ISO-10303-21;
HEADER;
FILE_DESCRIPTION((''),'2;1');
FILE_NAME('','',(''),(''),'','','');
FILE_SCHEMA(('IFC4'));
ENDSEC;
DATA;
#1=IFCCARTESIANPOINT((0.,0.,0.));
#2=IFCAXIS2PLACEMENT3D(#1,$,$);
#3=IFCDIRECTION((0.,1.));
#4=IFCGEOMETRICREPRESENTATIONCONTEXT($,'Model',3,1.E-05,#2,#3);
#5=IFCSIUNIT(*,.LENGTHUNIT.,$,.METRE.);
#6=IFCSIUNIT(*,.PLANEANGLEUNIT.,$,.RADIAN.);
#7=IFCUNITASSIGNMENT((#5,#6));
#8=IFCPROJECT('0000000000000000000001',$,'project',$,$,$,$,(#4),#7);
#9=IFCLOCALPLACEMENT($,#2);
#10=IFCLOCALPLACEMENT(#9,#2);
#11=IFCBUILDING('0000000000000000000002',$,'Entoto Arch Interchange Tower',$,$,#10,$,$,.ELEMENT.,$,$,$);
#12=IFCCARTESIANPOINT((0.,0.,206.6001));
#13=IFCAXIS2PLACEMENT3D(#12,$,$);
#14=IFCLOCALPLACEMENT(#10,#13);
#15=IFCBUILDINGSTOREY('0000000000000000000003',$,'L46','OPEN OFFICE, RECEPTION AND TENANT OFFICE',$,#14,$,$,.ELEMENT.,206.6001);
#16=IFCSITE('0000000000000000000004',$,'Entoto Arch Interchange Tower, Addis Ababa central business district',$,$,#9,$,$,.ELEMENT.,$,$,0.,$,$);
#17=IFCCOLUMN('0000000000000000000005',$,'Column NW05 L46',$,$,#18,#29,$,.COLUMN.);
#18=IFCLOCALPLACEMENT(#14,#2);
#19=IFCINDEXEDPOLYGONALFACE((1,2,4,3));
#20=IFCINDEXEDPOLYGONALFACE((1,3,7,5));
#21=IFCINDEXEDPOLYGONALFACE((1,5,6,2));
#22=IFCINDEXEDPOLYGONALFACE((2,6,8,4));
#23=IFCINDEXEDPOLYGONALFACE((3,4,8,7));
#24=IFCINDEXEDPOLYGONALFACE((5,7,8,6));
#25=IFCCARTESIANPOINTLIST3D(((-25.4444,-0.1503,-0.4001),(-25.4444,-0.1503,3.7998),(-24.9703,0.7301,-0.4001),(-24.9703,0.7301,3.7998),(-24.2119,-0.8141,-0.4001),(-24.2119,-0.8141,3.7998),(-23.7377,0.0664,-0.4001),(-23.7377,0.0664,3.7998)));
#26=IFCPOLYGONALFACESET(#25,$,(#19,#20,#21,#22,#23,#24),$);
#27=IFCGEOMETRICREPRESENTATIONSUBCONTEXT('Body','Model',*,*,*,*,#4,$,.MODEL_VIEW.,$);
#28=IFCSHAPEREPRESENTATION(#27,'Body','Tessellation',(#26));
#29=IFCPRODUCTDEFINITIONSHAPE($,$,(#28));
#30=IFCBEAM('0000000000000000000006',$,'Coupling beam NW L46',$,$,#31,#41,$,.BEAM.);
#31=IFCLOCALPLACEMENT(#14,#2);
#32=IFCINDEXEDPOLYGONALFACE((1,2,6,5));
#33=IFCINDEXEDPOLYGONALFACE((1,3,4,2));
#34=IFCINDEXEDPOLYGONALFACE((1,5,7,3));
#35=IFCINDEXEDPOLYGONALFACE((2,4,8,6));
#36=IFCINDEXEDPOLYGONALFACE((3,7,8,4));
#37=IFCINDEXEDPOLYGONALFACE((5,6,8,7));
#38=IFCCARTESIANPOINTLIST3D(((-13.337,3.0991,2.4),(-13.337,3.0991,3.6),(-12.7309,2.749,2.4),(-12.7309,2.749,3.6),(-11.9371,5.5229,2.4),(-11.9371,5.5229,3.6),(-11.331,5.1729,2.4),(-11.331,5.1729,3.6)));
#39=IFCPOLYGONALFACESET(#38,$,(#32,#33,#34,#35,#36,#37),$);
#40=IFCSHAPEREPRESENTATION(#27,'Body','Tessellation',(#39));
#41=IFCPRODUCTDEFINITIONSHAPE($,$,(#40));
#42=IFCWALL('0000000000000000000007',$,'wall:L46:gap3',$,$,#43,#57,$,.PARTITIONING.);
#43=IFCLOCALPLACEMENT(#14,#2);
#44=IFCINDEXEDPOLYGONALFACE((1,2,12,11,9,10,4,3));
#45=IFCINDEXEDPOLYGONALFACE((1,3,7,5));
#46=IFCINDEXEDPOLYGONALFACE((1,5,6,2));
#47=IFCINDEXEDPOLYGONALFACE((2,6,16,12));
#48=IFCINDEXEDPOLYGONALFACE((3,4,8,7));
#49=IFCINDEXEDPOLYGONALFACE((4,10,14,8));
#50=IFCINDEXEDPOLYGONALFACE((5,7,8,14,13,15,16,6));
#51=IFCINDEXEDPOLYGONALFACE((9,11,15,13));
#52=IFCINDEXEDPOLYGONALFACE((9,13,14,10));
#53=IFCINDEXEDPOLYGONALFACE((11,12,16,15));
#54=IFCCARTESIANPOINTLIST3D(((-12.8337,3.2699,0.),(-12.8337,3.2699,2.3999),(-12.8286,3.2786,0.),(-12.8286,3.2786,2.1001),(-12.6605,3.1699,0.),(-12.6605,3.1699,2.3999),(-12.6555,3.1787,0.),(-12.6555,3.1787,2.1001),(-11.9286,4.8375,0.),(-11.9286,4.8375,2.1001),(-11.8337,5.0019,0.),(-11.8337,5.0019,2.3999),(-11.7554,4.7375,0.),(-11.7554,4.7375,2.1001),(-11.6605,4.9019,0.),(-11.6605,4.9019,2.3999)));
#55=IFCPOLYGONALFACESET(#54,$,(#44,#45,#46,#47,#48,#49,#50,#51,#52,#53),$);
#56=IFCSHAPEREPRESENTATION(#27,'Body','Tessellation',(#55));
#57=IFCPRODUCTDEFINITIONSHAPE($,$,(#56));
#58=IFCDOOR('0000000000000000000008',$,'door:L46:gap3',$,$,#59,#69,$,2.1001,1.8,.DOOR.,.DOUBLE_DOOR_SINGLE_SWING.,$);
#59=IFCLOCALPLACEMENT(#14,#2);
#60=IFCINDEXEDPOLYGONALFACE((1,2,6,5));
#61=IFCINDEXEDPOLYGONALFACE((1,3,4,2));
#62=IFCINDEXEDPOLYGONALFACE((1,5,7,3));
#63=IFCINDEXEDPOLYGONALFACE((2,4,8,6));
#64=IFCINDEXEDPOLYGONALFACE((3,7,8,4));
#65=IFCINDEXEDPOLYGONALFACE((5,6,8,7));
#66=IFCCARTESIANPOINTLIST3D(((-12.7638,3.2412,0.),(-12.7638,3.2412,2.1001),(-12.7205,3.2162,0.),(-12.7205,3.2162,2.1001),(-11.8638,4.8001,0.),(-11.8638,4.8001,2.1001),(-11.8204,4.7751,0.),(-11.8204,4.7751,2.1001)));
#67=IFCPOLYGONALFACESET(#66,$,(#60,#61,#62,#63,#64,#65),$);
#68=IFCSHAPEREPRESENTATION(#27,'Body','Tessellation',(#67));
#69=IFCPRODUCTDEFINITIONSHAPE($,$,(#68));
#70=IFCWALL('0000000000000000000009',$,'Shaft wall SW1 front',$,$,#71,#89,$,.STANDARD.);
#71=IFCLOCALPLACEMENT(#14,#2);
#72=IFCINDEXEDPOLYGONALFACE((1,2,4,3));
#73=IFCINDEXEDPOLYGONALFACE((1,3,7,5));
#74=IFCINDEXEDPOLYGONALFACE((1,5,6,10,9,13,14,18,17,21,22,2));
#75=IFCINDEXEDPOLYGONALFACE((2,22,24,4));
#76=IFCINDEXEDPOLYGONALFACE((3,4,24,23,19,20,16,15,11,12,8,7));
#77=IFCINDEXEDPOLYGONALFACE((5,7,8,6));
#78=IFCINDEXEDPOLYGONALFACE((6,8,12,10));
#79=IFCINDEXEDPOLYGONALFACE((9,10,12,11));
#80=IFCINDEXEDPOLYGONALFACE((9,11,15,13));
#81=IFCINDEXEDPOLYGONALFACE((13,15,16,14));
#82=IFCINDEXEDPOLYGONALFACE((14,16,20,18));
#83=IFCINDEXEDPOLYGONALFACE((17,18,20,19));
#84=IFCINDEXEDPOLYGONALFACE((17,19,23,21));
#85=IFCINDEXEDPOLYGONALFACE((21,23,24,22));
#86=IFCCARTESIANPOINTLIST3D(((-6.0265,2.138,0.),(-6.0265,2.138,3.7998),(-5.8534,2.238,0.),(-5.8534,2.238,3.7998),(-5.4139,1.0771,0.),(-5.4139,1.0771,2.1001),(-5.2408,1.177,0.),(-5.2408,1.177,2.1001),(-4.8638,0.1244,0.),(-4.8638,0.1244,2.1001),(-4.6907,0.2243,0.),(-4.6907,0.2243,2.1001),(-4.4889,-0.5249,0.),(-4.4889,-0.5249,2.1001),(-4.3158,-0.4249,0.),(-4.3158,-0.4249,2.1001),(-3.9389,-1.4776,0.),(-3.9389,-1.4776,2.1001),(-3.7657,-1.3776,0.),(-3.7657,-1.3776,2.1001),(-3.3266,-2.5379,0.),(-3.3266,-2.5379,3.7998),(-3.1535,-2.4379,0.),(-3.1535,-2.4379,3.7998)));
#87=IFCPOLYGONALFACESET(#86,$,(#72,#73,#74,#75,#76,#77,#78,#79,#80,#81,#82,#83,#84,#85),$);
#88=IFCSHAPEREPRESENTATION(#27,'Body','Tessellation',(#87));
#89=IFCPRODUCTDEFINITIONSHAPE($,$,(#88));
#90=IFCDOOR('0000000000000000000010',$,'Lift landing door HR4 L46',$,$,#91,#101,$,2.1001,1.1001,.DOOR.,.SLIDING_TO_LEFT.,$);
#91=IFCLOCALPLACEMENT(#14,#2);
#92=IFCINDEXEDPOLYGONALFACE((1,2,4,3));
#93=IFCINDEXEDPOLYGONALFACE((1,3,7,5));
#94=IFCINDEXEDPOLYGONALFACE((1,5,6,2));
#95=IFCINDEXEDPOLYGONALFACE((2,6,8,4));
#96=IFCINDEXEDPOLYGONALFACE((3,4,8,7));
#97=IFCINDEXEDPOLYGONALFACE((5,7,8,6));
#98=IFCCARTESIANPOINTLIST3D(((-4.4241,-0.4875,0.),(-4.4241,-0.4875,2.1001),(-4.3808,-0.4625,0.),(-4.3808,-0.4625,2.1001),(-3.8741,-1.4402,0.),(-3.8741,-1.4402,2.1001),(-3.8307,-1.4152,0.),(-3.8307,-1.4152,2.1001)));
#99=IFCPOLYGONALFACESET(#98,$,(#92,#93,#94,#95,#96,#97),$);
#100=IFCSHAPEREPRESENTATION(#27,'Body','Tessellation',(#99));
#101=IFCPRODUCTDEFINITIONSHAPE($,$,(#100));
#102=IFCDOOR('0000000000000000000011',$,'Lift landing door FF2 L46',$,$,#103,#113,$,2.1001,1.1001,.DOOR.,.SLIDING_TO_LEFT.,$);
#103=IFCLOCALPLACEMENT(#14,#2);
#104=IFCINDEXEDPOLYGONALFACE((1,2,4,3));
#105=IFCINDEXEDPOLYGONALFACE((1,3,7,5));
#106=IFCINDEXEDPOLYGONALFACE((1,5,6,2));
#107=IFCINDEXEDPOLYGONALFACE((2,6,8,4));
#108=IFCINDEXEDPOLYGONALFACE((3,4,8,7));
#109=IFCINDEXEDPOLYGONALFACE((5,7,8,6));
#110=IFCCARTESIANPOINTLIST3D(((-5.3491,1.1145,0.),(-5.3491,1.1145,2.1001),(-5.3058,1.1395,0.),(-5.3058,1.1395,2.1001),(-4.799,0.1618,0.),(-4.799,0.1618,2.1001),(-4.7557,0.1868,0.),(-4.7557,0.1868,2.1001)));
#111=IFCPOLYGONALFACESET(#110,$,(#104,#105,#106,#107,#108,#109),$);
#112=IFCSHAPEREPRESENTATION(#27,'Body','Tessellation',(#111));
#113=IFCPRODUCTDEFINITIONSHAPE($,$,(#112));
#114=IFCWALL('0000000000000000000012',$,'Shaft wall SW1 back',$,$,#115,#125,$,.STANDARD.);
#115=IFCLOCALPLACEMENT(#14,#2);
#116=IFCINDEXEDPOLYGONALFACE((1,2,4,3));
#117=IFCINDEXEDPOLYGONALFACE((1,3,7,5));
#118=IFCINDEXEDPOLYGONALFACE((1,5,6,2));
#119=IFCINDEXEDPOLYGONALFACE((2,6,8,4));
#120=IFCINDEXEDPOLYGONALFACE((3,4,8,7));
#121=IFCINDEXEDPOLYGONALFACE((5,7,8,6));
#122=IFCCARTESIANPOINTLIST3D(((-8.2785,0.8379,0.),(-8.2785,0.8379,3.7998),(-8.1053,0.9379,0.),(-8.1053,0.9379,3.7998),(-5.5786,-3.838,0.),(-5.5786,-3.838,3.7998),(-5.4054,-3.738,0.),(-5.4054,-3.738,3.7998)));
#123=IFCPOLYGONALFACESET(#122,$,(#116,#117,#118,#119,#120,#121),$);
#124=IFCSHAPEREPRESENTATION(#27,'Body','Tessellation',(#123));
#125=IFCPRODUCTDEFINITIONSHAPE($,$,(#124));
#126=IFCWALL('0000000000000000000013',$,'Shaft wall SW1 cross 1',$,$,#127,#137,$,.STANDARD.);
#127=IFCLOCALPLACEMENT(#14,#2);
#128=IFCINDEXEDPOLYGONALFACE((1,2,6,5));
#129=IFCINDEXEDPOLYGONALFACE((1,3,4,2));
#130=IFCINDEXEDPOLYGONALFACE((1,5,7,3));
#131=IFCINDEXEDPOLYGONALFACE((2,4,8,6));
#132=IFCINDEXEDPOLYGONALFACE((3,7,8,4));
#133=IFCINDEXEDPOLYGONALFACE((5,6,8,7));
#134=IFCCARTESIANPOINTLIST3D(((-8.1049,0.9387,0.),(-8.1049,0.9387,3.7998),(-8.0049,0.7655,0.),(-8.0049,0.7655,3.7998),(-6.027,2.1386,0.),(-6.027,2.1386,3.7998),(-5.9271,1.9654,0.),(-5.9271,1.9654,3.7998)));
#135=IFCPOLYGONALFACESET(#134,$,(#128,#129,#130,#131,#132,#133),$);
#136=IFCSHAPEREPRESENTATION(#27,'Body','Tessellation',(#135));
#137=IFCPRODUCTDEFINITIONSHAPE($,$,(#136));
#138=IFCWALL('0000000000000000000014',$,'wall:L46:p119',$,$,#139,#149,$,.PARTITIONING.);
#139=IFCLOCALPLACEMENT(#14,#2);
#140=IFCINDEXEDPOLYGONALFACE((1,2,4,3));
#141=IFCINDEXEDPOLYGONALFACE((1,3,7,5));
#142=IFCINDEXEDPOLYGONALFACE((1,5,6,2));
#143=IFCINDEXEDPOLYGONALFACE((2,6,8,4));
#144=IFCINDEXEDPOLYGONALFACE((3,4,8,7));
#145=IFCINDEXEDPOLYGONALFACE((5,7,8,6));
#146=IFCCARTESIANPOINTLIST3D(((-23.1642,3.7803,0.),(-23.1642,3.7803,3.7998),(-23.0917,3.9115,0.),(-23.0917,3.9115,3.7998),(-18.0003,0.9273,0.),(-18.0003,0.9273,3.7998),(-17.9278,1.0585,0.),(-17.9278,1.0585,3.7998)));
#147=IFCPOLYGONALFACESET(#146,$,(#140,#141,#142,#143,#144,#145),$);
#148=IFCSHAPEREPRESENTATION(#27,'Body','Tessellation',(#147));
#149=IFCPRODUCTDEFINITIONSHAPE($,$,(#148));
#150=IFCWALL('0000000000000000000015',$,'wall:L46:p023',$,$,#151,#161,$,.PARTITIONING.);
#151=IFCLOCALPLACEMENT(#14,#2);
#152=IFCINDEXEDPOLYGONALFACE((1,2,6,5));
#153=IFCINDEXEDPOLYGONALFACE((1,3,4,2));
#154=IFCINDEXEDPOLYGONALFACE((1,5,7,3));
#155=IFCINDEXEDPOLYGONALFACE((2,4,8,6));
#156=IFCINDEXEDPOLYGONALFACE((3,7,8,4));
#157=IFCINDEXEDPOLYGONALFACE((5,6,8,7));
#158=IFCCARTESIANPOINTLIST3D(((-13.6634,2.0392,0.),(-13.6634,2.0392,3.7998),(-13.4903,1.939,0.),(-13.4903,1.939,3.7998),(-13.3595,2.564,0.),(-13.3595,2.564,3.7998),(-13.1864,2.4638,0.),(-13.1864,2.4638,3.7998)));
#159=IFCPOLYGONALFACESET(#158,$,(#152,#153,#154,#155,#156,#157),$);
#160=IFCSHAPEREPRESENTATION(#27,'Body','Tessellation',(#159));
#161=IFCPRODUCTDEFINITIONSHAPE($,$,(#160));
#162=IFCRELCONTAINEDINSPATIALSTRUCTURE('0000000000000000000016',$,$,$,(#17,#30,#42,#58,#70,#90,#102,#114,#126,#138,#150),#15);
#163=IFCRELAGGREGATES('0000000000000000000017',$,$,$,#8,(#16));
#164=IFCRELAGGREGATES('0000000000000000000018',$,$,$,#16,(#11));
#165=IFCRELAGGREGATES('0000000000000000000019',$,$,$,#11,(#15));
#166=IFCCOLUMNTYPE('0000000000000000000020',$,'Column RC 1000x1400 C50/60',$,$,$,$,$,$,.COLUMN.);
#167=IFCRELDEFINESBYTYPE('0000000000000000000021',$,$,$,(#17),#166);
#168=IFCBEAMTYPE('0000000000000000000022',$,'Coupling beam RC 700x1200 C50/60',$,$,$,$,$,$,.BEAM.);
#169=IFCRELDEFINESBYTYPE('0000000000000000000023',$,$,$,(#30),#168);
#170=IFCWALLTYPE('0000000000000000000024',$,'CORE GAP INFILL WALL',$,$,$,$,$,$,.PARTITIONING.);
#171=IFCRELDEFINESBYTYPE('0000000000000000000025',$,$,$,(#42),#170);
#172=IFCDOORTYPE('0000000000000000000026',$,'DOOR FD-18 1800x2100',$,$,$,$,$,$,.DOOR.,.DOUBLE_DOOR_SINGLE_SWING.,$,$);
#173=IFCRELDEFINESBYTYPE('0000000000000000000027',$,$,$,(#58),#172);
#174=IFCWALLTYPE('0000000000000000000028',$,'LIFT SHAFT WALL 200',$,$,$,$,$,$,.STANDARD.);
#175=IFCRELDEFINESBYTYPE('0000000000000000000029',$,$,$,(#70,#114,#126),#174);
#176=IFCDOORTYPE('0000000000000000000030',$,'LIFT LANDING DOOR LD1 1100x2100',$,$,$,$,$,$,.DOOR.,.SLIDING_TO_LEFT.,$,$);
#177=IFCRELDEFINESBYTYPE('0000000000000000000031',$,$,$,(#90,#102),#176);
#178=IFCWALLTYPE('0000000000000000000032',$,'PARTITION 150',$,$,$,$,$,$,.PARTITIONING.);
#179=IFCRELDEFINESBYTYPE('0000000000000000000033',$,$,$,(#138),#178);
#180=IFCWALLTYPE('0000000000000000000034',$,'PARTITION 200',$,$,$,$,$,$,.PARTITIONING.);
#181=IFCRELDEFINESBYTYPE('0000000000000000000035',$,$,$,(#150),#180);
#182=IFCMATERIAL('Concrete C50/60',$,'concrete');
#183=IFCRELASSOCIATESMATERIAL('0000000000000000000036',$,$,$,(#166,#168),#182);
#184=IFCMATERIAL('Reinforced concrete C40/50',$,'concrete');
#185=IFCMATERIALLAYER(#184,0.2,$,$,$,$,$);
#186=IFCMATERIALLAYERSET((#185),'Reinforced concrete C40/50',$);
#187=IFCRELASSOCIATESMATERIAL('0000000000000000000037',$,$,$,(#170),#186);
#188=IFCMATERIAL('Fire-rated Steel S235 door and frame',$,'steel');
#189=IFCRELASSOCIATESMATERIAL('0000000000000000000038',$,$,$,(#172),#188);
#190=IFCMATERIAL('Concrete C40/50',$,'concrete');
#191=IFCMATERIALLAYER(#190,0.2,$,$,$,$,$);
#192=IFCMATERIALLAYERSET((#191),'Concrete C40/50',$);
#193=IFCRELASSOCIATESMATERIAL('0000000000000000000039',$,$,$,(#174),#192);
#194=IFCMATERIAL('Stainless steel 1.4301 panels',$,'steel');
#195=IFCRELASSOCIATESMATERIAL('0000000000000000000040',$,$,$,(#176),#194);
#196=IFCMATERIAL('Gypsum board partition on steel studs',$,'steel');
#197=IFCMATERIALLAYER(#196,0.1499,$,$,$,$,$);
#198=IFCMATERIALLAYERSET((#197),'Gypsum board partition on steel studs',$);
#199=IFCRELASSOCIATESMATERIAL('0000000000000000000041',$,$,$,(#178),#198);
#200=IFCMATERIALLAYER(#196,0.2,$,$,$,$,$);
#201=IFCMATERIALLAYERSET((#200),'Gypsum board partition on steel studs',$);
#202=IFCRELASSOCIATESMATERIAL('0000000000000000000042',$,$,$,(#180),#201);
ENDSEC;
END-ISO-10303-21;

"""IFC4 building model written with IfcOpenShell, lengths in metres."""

from ifc_helpers import new_model, si_unit, direction, frame, frame_2d, origin, origin_2d, place, context, subcontext, project, spatial, rectangle, extrude, material, layer, layer_set, material_profile, profile_set, type_object, element, fill, save


model = new_model("IFC4")

# Units and contexts
model_context = context("Model", 3, precision=1e-05, world=origin(), true_north=direction((0.0, 1.0)))
body_context = subcontext(model_context, "Body", "Model", "MODEL_VIEW")
ifc_project = project(units=[si_unit("LENGTHUNIT", "METRE"), si_unit("PLANEANGLEUNIT", "RADIAN")], contexts=[model_context])

# Site, building, storey
site_placement = place(None, origin())
site = spatial("IfcSite", under=ifc_project, at=site_placement, Name="Entoto Arch Interchange Tower, Addis Ababa central business district", CompositionType="ELEMENT", RefElevation=0.0)
building_placement = place(site_placement, origin())
building = spatial("IfcBuilding", under=site, at=building_placement, Name="Entoto Arch Interchange Tower", CompositionType="ELEMENT")
storey_placement = place(building_placement, frame((0.0, 0.0, 206.6001)))
storey = spatial("IfcBuildingStorey", under=building, at=storey_placement, Name="L46", Description="OPEN OFFICE, RECEPTION AND TENANT OFFICE", CompositionType="ELEMENT", Elevation=206.6001)

# Column
ifc_material_1 = material(Name="Concrete C50/60", Category="concrete")
ifc_material_profile_1 = material_profile(ifc_material_1, rectangle(XDim=1.0, YDim=1.3999, at=origin_2d()))
ifc_profile_set_1 = profile_set([ifc_material_profile_1], Name="Concrete C50/60")
column_type = type_object("IfcColumnType", Name="Column RC 1000x1400 C50/60", PredefinedType="COLUMN", material=ifc_profile_set_1)
column_placement = place(storey_placement, frame((-24.5911, -0.042, -0.4001), z_axis=(0.0, 0.0, 1.0), x_axis=(0.474134, 0.880453, 0.0)))
element("IfcColumn", 1, at=column_placement, inside=storey, type_object=column_type, Name="Column NW05 L46", PredefinedType="COLUMN", context=body_context, shape_type="SweptSolid", body=[
    extrude(rectangle(XDim=1.0, YDim=1.3999, at=origin_2d()), origin(), (0.0, 0.0, 1.0), 4.2),
])

# Beam
ifc_material_profile_2 = material_profile(ifc_material_1, rectangle(XDim=0.7, YDim=1.2, at=origin_2d()))
ifc_profile_set_2 = profile_set([ifc_material_profile_2], Name="Concrete C50/60")
beam_type = type_object("IfcBeamType", Name="Coupling beam RC 700x1200 C50/60", PredefinedType="BEAM", material=ifc_profile_set_2)
beam_placement = place(storey_placement, frame((-11.634, 5.3479, 3.0), z_axis=(-0.500135, -0.865947, 0.0), x_axis=(0.865947, -0.500135, 0.0)))
element("IfcBeam", 2, at=beam_placement, inside=storey, type_object=beam_type, Name="Coupling beam NW L46", PredefinedType="BEAM", context=body_context, shape_type="SweptSolid", body=[
    extrude(rectangle(XDim=0.7, YDim=1.2, at=origin_2d()), origin(), (0.0, 0.0, 1.0), 2.7991),
])

# Wall, opening, door
ifc_material_2 = material(Name="Reinforced concrete C40/50", Category="concrete")
ifc_layer_1 = layer(ifc_material_2, 0.2)
ifc_layer_set_1 = layer_set([ifc_layer_1], Name="Reinforced concrete C40/50")
wall_type_1 = type_object("IfcWallType", Name="CORE GAP INFILL WALL", PredefinedType="PARTITIONING", material=ifc_layer_set_1)
wall_1_placement = place(storey_placement, frame((-11.7471, 4.9519, 0.0), z_axis=(0.0, 0.0, 1.0), x_axis=(-0.500025, -0.866011, 0.0)))
wall_1 = element("IfcWall", 3, at=wall_1_placement, inside=storey, type_object=wall_type_1, Name="wall:L46:gap3", PredefinedType="PARTITIONING", context=body_context, shape_type="SweptSolid", body=[
    extrude(rectangle(XDim=2.0, YDim=0.2, at=frame_2d((1.0, 0.0))), origin(), (0.0, 0.0, 1.0), 2.3999),
])
opening_1_placement = place(wall_1_placement, frame((0.1899, 0.0, 0.0)))
opening_1 = element("IfcOpeningElement", 4, at=opening_1_placement, cuts=wall_1, PredefinedType="OPENING", context=body_context, shape_type="SweptSolid", body=[
    extrude(rectangle(XDim=1.8, YDim=2.1001, at=frame_2d((0.8999, 1.05))), frame((0.0, 0.1099, 0.0), z_axis=(0.0, -1.0, 0.0), x_axis=(1.0, 0.0, 0.0)), (0.0, 0.0, 1.0), 0.22),
])
ifc_material_3 = material(Name="Fire-rated Steel S235 door and frame", Category="steel")
door_type_1 = type_object("IfcDoorType", Name="DOOR FD-18 1800x2100", OperationType="DOUBLE_DOOR_SINGLE_SWING", PredefinedType="DOOR", material=ifc_material_3)
door_1_placement = place(opening_1_placement, origin())
door_1 = element("IfcDoor", 5, at=door_1_placement, inside=storey, type_object=door_type_1, Name="door:L46:gap3", OperationType="DOUBLE_DOOR_SINGLE_SWING", OverallHeight=2.1001, OverallWidth=1.8, PredefinedType="DOOR", context=body_context, shape_type="SweptSolid", body=[
    extrude(rectangle(XDim=1.8, YDim=2.1001, at=frame_2d((0.8999, 1.05))), frame((0.0, 0.0249, 0.0), z_axis=(0.0, -1.0, 0.0), x_axis=(1.0, 0.0, 0.0)), (0.0, 0.0, 1.0), 0.05),
])
fill(opening_1, door_1)

# Wall, openings, doors
ifc_material_4 = material(Name="Concrete C40/50", Category="concrete")
ifc_layer_2 = layer(ifc_material_4, 0.2)
ifc_layer_set_2 = layer_set([ifc_layer_2], Name="Concrete C40/50")
wall_type_2 = type_object("IfcWallType", Name="LIFT SHAFT WALL 200", PredefinedType="STANDARD", material=ifc_layer_set_2)
wall_2_placement = place(storey_placement, frame((-5.9399, 2.188, 0.0), z_axis=(0.0, 0.0, 1.0), x_axis=(0.500034, -0.866006, 0.0)))
wall_2 = element("IfcWall", 6, at=wall_2_placement, inside=storey, type_object=wall_type_2, Name="Shaft wall SW1 front", PredefinedType="STANDARD", context=body_context, shape_type="SweptSolid", body=[
    extrude(rectangle(XDim=5.3994, YDim=0.2, at=frame_2d((2.6997, 0.0))), origin(), (0.0, 0.0, 1.0), 3.7998),
])
opening_2_placement = place(wall_2_placement, frame((3.075, 0.0, 0.0)))
opening_2 = element("IfcOpeningElement", 7, at=opening_2_placement, cuts=wall_2, PredefinedType="OPENING", context=body_context, shape_type="SweptSolid", body=[
    extrude(rectangle(XDim=1.1001, YDim=2.1001, at=frame_2d((0.55, 1.05))), frame((0.0, 0.1099, 0.0), z_axis=(0.0, -1.0, 0.0), x_axis=(1.0, 0.0, 0.0)), (0.0, 0.0, 1.0), 0.22),
])
opening_3_placement = place(wall_2_placement, frame((1.2251, 0.0, 0.0)))
opening_3 = element("IfcOpeningElement", 8, at=opening_3_placement, cuts=wall_2, PredefinedType="OPENING", context=body_context, shape_type="SweptSolid", body=[
    extrude(rectangle(XDim=1.1001, YDim=2.1001, at=frame_2d((0.55, 1.05))), frame((0.0, 0.1099, 0.0), z_axis=(0.0, -1.0, 0.0), x_axis=(1.0, 0.0, 0.0)), (0.0, 0.0, 1.0), 0.22),
])
ifc_material_5 = material(Name="Stainless steel 1.4301 panels", Category="steel")
door_type_2 = type_object("IfcDoorType", Name="LIFT LANDING DOOR LD1 1100x2100", OperationType="SLIDING_TO_LEFT", PredefinedType="DOOR", material=ifc_material_5)
door_2_placement = place(opening_2_placement, origin())
door_2 = element("IfcDoor", 9, at=door_2_placement, inside=storey, type_object=door_type_2, Name="Lift landing door HR4 L46", OperationType="SLIDING_TO_LEFT", OverallHeight=2.1001, OverallWidth=1.1001, PredefinedType="DOOR", context=body_context, shape_type="SweptSolid", body=[
    extrude(rectangle(XDim=1.1001, YDim=2.1001, at=frame_2d((0.55, 1.05))), frame((0.0, 0.0249, 0.0), z_axis=(0.0, -1.0, 0.0), x_axis=(1.0, 0.0, 0.0)), (0.0, 0.0, 1.0), 0.05),
])
fill(opening_2, door_2)
door_3_placement = place(opening_3_placement, origin())
door_3 = element("IfcDoor", 10, at=door_3_placement, inside=storey, type_object=door_type_2, Name="Lift landing door FF2 L46", OperationType="SLIDING_TO_LEFT", OverallHeight=2.1001, OverallWidth=1.1001, PredefinedType="DOOR", context=body_context, shape_type="SweptSolid", body=[
    extrude(rectangle(XDim=1.1001, YDim=2.1001, at=frame_2d((0.55, 1.05))), frame((0.0, 0.0249, 0.0), z_axis=(0.0, -1.0, 0.0), x_axis=(1.0, 0.0, 0.0)), (0.0, 0.0, 1.0), 0.05),
])
fill(opening_3, door_3)

# Walls
wall_3_placement = place(storey_placement, frame((-8.1919, 0.8879, 0.0), z_axis=(0.0, 0.0, 1.0), x_axis=(0.500034, -0.866006, 0.0)))
element("IfcWall", 11, at=wall_3_placement, inside=storey, type_object=wall_type_2, Name="Shaft wall SW1 back", PredefinedType="STANDARD", context=body_context, shape_type="SweptSolid", body=[
    extrude(rectangle(XDim=5.3994, YDim=0.2, at=frame_2d((2.6997, 0.0))), origin(), (0.0, 0.0, 1.0), 3.7998),
])
wall_4_placement = place(storey_placement, frame((-5.9771, 2.052, 0.0), z_axis=(0.0, 0.0, 1.0), x_axis=(-0.865974, -0.500089, 0.0)))
element("IfcWall", 12, at=wall_4_placement, inside=storey, type_object=wall_type_2, Name="Shaft wall SW1 cross 1", PredefinedType="STANDARD", context=body_context, shape_type="SweptSolid", body=[
    extrude(rectangle(XDim=2.3994, YDim=0.2, at=frame_2d((1.1997, 0.0))), origin(), (0.0, 0.0, 1.0), 3.7998),
])
ifc_material_6 = material(Name="Gypsum board partition on steel studs", Category="steel")
ifc_layer_3 = layer(ifc_material_6, 0.1499)
ifc_layer_set_3 = layer_set([ifc_layer_3], Name="Gypsum board partition on steel studs")
wall_type_3 = type_object("IfcWallType", Name="PARTITION 150", PredefinedType="PARTITIONING", material=ifc_layer_set_3)
wall_5_placement = place(storey_placement, frame((-17.9641, 0.9929, 0.0), z_axis=(0.0, 0.0, 1.0), x_axis=(-0.875289, 0.4836, 0.0)))
element("IfcWall", 13, at=wall_5_placement, inside=storey, type_object=wall_type_3, Name="wall:L46:p119", PredefinedType="PARTITIONING", context=body_context, shape_type="SweptSolid", body=[
    extrude(rectangle(XDim=5.8997, YDim=0.1499, at=frame_2d((2.9497, 0.0))), origin(), (0.0, 0.0, 1.0), 3.7998),
])
ifc_layer_4 = layer(ifc_material_6, 0.2)
ifc_layer_set_4 = layer_set([ifc_layer_4], Name="Gypsum board partition on steel studs")
wall_type_4 = type_object("IfcWallType", Name="PARTITION 200", PredefinedType="PARTITIONING", material=ifc_layer_set_4)
wall_6_placement = place(storey_placement, frame((-13.2729, 2.5139, 0.0), z_axis=(0.0, 0.0, 1.0), x_axis=(-0.501116, -0.86538, 0.0)))
element("IfcWall", 14, at=wall_6_placement, inside=storey, type_object=wall_type_4, Name="wall:L46:p023", PredefinedType="PARTITIONING", context=body_context, shape_type="SweptSolid", body=[
    extrude(rectangle(XDim=0.6064, YDim=0.2, at=frame_2d((0.3032, 0.0))), origin(), (0.0, 0.0, 1.0), 3.7998),
])

save(model, "model.ifc")
